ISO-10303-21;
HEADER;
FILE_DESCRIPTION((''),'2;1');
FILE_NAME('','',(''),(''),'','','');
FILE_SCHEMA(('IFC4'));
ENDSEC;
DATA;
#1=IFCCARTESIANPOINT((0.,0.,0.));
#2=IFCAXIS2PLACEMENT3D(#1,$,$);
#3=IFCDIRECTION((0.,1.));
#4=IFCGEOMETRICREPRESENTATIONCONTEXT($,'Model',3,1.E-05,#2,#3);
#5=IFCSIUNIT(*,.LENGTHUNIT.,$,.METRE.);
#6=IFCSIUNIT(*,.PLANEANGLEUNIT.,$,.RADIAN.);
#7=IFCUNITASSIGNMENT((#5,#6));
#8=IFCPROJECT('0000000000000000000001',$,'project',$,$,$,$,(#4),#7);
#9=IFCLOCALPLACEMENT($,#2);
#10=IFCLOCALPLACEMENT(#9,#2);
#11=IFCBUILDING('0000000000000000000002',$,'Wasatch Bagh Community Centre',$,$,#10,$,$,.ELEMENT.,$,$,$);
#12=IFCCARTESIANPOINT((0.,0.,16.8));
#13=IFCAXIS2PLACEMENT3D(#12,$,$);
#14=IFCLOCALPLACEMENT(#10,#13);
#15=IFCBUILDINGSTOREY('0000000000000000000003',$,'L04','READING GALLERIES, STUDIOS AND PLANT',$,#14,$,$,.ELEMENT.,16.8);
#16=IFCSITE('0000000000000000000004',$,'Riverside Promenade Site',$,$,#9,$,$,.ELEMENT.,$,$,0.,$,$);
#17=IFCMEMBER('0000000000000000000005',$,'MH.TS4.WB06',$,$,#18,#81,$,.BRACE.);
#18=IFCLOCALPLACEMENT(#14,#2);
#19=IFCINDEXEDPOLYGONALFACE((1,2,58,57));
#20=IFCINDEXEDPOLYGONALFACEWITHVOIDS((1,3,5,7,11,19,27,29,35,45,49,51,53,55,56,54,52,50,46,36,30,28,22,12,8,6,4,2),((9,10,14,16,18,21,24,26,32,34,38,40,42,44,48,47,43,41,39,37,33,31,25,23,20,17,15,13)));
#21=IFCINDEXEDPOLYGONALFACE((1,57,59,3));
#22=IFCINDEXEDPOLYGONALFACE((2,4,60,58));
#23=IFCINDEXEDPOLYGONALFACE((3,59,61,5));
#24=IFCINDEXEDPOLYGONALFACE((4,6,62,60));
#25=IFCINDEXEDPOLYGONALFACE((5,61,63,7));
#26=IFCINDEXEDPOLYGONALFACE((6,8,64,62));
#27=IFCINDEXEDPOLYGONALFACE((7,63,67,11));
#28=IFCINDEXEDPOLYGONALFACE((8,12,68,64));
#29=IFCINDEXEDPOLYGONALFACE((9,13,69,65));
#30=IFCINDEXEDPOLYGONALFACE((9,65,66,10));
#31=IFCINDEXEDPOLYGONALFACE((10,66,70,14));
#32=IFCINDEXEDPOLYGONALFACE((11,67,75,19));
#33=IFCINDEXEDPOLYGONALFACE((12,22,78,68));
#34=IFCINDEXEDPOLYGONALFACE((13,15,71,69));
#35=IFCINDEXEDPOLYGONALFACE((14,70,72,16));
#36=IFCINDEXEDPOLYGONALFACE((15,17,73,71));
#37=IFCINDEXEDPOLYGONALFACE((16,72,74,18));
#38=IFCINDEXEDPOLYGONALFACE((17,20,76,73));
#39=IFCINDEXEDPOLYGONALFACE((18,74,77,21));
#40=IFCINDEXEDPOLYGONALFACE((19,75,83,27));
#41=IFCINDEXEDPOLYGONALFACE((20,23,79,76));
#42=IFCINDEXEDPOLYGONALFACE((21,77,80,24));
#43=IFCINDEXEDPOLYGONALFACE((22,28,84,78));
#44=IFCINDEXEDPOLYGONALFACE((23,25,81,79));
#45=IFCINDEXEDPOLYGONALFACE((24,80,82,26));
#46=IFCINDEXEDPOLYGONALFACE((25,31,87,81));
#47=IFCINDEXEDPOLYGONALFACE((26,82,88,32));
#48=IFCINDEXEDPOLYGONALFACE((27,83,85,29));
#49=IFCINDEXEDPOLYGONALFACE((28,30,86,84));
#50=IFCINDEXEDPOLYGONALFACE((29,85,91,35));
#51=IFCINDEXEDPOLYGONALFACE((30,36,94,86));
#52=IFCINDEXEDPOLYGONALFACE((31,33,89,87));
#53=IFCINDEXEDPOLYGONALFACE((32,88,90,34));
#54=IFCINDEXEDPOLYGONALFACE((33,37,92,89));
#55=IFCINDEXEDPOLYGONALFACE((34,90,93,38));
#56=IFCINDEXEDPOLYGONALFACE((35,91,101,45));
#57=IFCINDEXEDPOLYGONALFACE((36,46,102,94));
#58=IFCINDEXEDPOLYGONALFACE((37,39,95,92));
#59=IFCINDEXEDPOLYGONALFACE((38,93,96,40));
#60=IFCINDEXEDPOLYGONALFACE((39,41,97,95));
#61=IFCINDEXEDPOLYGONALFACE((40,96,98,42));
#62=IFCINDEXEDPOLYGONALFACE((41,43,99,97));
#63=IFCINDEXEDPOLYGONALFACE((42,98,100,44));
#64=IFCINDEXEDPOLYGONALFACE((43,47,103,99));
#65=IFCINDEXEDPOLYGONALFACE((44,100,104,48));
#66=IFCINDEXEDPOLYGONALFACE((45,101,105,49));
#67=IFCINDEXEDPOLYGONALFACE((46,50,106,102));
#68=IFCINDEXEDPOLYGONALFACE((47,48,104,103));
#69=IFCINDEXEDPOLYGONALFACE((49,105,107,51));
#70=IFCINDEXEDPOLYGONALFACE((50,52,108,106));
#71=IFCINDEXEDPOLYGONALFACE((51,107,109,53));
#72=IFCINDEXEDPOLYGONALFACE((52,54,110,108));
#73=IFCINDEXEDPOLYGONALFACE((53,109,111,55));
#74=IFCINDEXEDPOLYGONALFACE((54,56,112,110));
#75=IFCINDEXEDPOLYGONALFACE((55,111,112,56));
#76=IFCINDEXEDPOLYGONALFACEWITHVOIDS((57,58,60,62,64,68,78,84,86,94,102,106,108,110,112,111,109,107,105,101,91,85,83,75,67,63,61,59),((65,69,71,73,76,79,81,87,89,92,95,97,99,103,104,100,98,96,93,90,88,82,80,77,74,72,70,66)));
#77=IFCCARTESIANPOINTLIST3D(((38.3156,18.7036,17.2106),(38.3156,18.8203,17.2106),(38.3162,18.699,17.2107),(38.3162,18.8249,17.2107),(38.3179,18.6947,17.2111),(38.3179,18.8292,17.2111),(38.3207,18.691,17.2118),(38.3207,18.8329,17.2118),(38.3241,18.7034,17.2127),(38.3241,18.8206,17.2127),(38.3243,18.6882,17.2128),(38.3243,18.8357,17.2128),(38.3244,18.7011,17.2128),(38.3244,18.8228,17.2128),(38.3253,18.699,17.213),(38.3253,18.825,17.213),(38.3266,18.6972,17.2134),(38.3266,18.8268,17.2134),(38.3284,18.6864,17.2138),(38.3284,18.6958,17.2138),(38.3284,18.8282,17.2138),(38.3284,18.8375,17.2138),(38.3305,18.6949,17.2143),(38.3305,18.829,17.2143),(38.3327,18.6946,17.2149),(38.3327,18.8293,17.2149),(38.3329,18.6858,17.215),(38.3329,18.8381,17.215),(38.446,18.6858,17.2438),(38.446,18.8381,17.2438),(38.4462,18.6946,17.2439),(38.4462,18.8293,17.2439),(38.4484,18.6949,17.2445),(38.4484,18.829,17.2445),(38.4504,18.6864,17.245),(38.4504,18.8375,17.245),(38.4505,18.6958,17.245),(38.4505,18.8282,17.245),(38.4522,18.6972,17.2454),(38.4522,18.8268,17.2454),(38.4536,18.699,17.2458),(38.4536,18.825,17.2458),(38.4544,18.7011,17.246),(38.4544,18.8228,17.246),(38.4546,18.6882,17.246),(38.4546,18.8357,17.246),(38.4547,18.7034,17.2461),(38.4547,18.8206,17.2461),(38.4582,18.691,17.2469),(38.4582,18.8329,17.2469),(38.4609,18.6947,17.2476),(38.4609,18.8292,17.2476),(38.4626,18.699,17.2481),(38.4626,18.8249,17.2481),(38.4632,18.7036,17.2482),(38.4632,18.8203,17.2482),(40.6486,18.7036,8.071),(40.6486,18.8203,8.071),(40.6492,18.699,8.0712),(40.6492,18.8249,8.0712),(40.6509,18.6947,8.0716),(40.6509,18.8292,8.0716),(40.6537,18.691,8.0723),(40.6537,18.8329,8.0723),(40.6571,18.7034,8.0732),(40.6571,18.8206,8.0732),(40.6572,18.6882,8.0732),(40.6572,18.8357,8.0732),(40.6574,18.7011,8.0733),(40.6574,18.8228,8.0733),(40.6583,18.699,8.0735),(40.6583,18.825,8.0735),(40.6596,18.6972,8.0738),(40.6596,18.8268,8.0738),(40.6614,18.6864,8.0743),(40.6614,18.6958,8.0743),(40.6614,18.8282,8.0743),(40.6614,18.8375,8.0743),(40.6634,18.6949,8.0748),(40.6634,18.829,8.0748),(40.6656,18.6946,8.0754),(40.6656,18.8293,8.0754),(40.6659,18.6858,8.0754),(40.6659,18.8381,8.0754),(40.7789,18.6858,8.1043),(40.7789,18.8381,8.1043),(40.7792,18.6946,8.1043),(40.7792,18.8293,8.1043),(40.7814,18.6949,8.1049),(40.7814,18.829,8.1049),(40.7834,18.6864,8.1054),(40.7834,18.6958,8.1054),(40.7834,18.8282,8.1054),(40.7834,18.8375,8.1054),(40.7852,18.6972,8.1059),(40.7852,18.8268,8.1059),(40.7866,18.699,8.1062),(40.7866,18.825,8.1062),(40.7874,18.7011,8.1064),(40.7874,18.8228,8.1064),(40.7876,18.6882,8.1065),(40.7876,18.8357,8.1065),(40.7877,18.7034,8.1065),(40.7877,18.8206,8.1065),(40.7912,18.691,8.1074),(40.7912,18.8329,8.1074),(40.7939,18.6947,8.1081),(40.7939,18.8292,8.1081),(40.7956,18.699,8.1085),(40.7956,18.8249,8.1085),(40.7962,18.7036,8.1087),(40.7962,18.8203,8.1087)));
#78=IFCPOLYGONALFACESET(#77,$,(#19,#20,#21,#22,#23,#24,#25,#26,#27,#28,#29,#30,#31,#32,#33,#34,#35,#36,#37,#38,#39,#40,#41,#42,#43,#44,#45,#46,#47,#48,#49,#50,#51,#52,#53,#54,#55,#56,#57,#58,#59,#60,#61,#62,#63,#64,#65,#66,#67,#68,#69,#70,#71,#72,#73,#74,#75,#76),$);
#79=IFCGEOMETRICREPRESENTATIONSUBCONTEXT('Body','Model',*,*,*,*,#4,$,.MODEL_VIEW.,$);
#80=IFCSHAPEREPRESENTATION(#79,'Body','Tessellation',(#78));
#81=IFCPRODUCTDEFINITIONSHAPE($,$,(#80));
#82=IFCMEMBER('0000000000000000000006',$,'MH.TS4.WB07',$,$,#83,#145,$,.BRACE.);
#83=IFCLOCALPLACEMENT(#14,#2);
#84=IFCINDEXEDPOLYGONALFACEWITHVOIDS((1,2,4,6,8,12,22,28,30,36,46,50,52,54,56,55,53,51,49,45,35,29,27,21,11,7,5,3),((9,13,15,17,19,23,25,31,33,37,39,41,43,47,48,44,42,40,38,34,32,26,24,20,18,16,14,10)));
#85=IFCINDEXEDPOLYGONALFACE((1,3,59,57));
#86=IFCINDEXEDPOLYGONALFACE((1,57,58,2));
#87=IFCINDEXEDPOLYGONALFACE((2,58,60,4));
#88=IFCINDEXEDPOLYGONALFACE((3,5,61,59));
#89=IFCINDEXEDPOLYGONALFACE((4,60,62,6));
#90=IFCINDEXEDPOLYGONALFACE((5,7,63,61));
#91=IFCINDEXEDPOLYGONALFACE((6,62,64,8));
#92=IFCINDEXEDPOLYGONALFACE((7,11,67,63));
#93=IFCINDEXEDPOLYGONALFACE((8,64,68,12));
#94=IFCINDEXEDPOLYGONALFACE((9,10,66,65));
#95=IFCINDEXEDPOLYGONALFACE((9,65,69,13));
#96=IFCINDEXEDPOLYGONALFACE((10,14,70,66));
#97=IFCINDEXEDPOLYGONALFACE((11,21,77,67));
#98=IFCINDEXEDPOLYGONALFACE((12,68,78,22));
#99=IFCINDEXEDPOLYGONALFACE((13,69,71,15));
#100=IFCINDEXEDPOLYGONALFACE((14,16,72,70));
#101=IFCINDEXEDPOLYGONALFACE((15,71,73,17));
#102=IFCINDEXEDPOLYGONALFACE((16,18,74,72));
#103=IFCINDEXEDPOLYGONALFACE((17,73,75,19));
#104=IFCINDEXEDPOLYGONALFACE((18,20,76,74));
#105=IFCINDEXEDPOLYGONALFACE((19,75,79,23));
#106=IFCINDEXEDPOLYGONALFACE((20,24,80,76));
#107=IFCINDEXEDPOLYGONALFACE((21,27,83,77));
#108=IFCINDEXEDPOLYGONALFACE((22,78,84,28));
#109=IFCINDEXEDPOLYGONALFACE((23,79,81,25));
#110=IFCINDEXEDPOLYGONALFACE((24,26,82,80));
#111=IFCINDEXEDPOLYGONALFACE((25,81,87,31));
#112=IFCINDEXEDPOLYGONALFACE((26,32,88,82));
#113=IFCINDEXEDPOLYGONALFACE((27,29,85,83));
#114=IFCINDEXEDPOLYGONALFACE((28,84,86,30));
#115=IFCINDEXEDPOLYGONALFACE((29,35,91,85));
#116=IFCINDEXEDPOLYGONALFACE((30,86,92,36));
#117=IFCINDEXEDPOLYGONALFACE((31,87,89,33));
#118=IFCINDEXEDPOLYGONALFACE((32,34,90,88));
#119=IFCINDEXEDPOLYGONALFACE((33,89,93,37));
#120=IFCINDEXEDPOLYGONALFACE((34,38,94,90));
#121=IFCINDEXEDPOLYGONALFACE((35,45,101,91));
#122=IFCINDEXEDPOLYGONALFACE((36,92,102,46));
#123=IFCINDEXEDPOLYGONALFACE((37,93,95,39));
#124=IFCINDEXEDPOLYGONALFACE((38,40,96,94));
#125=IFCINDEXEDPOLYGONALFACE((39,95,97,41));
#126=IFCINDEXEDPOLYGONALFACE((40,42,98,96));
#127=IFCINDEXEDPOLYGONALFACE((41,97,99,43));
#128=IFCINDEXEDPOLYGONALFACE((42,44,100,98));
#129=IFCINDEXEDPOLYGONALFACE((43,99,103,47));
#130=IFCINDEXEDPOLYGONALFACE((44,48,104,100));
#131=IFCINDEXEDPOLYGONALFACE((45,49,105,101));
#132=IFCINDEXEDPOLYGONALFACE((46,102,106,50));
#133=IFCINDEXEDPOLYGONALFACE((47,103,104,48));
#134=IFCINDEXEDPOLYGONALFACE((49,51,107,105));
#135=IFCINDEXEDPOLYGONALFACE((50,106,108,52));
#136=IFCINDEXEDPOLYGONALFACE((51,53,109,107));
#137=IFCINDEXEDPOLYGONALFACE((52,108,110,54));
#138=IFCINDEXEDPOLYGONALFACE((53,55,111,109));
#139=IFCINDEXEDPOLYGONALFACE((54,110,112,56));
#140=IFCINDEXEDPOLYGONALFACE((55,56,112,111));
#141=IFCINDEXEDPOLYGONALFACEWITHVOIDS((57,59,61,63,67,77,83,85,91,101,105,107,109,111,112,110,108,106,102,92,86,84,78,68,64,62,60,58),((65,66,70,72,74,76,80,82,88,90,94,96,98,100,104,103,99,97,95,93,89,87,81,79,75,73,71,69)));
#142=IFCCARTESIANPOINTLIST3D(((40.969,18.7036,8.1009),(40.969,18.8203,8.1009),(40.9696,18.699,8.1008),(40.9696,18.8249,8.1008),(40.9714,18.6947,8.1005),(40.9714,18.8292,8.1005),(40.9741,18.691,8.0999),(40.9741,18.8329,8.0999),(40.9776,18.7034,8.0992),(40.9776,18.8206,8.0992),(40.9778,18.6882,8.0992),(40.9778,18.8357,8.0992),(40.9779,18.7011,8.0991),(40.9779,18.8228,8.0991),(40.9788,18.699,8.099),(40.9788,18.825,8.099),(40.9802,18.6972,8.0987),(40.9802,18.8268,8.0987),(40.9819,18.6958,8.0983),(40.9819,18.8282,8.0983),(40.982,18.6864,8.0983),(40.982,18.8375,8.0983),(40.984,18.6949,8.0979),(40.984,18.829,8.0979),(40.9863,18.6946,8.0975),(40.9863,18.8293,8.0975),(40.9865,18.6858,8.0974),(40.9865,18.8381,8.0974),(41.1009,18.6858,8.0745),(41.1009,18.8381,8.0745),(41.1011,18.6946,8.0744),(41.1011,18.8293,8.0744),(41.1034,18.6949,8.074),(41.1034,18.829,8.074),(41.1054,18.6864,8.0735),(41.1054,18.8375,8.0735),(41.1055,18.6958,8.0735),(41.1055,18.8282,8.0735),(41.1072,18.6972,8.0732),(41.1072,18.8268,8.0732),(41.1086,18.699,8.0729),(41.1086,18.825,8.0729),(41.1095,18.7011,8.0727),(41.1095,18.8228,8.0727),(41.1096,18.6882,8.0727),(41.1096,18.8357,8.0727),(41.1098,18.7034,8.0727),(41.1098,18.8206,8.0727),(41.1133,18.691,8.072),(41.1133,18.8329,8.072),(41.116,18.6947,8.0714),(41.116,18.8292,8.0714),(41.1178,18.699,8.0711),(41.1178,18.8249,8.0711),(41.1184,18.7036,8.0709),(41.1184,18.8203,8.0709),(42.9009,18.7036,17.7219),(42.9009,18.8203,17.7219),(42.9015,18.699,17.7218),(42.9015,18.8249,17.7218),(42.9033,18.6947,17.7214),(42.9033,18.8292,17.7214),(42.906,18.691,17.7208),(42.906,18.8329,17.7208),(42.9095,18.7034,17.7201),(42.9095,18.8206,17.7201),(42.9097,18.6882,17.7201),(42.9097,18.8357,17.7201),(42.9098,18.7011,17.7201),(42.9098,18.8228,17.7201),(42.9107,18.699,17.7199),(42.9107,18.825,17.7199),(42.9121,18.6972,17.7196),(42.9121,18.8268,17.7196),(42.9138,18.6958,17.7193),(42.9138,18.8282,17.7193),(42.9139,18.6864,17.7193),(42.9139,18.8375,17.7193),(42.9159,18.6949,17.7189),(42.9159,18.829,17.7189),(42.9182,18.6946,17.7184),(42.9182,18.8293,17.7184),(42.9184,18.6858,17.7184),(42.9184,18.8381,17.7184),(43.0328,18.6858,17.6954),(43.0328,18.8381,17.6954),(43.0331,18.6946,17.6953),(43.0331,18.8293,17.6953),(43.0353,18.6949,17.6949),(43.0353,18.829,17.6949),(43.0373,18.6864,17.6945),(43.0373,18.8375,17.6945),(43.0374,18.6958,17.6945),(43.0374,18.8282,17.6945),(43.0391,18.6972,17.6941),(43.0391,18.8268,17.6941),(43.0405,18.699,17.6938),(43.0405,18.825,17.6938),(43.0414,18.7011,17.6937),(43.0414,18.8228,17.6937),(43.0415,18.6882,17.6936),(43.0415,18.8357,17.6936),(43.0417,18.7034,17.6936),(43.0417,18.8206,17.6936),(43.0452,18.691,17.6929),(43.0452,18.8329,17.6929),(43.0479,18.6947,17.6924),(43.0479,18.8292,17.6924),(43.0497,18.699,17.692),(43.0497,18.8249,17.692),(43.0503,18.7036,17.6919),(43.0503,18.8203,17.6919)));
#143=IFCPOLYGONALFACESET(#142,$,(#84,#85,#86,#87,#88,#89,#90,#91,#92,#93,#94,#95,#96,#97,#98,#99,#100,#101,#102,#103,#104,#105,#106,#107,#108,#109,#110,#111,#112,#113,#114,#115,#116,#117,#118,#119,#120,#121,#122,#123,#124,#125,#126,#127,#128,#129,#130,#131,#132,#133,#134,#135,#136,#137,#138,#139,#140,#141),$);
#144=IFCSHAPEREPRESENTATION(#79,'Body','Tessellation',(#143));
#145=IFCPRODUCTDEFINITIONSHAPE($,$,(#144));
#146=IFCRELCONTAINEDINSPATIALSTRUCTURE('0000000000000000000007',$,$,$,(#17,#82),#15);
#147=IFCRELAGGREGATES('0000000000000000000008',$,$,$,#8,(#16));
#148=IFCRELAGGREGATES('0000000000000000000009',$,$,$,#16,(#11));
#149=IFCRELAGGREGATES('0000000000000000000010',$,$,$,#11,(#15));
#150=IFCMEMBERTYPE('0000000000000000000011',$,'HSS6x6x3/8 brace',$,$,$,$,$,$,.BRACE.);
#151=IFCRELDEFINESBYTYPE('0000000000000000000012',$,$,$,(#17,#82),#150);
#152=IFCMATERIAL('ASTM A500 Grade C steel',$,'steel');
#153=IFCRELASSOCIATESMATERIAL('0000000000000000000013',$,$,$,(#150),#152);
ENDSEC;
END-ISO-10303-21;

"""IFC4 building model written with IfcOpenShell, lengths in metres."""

from ifc_helpers import new_model, si_unit, direction, frame, origin, origin_2d, place, context, subcontext, project, spatial, hollow_rectangle, extrude, material, material_profile, profile_set, type_object, element, save


model = new_model("IFC4")

# Units and contexts
model_context = context("Model", 3, precision=1e-05, world=origin(), true_north=direction((0.0, 1.0)))
body_context = subcontext(model_context, "Body", "Model", "MODEL_VIEW")
ifc_project = project(units=[si_unit("LENGTHUNIT", "METRE"), si_unit("PLANEANGLEUNIT", "RADIAN")], contexts=[model_context])

# Site, building, storey
site_placement = place(None, origin())
site = spatial("IfcSite", under=ifc_project, at=site_placement, Name="Riverside Promenade Site", CompositionType="ELEMENT", RefElevation=0.0)
building_placement = place(site_placement, origin())
building = spatial("IfcBuilding", under=site, at=building_placement, Name="Wasatch Bagh Community Centre", CompositionType="ELEMENT")
storey_placement = place(building_placement, frame((0.0, 0.0, 16.8)))
storey = spatial("IfcBuildingStorey", under=building, at=storey_placement, Name="L04", Description="READING GALLERIES, STUDIOS AND PLANT", CompositionType="ELEMENT", Elevation=16.8)

# Members
ifc_material_1 = material(Name="ASTM A500 Grade C steel", Category="steel")
ifc_material_profile_1 = material_profile(ifc_material_1, hollow_rectangle(XDim=0.1523, YDim=0.1523, WallThickness=0.0088, InnerFilletRadius=0.0088, OuterFilletRadius=0.0178, at=origin_2d()), Name="HSS6x6x3/8")
ifc_profile_set_1 = profile_set([ifc_material_profile_1], Name="ASTM A500 Grade C steel")
member_type_1 = type_object("IfcMemberType", Name="HSS6x6x3/8 brace", PredefinedType="BRACE", material=ifc_profile_set_1)
member_1_placement = place(storey_placement, frame((40.7224, 18.762, 8.0898), z_axis=(-0.247332, 0.0, 0.968931), x_axis=(0.0, -1.0, 0.0)))
element("IfcMember", 1, at=member_1_placement, inside=storey, type_object=member_type_1, Name="MH.TS4.WB06", PredefinedType="BRACE", context=body_context, shape_type="SweptSolid", body=[
    extrude(hollow_rectangle(XDim=0.1523, YDim=0.1523, WallThickness=0.0088, InnerFilletRadius=0.0088, OuterFilletRadius=0.0178, at=origin_2d()), origin(), (0.0, 0.0, 1.0), 9.4326),
])
member_2_placement = place(storey_placement, frame((41.0437, 18.762, 8.0859), z_axis=(0.196872, 0.0, 0.980429), x_axis=(0.0, 1.0, 0.0)))
element("IfcMember", 2, at=member_2_placement, inside=storey, type_object=member_type_1, Name="MH.TS4.WB07", PredefinedType="BRACE", context=body_context, shape_type="SweptSolid", body=[
    extrude(hollow_rectangle(XDim=0.1523, YDim=0.1523, WallThickness=0.0088, InnerFilletRadius=0.0088, OuterFilletRadius=0.0178, at=origin_2d()), origin(), (0.0, 0.0, 1.0), 9.813),
])

save(model, "model.ifc")
